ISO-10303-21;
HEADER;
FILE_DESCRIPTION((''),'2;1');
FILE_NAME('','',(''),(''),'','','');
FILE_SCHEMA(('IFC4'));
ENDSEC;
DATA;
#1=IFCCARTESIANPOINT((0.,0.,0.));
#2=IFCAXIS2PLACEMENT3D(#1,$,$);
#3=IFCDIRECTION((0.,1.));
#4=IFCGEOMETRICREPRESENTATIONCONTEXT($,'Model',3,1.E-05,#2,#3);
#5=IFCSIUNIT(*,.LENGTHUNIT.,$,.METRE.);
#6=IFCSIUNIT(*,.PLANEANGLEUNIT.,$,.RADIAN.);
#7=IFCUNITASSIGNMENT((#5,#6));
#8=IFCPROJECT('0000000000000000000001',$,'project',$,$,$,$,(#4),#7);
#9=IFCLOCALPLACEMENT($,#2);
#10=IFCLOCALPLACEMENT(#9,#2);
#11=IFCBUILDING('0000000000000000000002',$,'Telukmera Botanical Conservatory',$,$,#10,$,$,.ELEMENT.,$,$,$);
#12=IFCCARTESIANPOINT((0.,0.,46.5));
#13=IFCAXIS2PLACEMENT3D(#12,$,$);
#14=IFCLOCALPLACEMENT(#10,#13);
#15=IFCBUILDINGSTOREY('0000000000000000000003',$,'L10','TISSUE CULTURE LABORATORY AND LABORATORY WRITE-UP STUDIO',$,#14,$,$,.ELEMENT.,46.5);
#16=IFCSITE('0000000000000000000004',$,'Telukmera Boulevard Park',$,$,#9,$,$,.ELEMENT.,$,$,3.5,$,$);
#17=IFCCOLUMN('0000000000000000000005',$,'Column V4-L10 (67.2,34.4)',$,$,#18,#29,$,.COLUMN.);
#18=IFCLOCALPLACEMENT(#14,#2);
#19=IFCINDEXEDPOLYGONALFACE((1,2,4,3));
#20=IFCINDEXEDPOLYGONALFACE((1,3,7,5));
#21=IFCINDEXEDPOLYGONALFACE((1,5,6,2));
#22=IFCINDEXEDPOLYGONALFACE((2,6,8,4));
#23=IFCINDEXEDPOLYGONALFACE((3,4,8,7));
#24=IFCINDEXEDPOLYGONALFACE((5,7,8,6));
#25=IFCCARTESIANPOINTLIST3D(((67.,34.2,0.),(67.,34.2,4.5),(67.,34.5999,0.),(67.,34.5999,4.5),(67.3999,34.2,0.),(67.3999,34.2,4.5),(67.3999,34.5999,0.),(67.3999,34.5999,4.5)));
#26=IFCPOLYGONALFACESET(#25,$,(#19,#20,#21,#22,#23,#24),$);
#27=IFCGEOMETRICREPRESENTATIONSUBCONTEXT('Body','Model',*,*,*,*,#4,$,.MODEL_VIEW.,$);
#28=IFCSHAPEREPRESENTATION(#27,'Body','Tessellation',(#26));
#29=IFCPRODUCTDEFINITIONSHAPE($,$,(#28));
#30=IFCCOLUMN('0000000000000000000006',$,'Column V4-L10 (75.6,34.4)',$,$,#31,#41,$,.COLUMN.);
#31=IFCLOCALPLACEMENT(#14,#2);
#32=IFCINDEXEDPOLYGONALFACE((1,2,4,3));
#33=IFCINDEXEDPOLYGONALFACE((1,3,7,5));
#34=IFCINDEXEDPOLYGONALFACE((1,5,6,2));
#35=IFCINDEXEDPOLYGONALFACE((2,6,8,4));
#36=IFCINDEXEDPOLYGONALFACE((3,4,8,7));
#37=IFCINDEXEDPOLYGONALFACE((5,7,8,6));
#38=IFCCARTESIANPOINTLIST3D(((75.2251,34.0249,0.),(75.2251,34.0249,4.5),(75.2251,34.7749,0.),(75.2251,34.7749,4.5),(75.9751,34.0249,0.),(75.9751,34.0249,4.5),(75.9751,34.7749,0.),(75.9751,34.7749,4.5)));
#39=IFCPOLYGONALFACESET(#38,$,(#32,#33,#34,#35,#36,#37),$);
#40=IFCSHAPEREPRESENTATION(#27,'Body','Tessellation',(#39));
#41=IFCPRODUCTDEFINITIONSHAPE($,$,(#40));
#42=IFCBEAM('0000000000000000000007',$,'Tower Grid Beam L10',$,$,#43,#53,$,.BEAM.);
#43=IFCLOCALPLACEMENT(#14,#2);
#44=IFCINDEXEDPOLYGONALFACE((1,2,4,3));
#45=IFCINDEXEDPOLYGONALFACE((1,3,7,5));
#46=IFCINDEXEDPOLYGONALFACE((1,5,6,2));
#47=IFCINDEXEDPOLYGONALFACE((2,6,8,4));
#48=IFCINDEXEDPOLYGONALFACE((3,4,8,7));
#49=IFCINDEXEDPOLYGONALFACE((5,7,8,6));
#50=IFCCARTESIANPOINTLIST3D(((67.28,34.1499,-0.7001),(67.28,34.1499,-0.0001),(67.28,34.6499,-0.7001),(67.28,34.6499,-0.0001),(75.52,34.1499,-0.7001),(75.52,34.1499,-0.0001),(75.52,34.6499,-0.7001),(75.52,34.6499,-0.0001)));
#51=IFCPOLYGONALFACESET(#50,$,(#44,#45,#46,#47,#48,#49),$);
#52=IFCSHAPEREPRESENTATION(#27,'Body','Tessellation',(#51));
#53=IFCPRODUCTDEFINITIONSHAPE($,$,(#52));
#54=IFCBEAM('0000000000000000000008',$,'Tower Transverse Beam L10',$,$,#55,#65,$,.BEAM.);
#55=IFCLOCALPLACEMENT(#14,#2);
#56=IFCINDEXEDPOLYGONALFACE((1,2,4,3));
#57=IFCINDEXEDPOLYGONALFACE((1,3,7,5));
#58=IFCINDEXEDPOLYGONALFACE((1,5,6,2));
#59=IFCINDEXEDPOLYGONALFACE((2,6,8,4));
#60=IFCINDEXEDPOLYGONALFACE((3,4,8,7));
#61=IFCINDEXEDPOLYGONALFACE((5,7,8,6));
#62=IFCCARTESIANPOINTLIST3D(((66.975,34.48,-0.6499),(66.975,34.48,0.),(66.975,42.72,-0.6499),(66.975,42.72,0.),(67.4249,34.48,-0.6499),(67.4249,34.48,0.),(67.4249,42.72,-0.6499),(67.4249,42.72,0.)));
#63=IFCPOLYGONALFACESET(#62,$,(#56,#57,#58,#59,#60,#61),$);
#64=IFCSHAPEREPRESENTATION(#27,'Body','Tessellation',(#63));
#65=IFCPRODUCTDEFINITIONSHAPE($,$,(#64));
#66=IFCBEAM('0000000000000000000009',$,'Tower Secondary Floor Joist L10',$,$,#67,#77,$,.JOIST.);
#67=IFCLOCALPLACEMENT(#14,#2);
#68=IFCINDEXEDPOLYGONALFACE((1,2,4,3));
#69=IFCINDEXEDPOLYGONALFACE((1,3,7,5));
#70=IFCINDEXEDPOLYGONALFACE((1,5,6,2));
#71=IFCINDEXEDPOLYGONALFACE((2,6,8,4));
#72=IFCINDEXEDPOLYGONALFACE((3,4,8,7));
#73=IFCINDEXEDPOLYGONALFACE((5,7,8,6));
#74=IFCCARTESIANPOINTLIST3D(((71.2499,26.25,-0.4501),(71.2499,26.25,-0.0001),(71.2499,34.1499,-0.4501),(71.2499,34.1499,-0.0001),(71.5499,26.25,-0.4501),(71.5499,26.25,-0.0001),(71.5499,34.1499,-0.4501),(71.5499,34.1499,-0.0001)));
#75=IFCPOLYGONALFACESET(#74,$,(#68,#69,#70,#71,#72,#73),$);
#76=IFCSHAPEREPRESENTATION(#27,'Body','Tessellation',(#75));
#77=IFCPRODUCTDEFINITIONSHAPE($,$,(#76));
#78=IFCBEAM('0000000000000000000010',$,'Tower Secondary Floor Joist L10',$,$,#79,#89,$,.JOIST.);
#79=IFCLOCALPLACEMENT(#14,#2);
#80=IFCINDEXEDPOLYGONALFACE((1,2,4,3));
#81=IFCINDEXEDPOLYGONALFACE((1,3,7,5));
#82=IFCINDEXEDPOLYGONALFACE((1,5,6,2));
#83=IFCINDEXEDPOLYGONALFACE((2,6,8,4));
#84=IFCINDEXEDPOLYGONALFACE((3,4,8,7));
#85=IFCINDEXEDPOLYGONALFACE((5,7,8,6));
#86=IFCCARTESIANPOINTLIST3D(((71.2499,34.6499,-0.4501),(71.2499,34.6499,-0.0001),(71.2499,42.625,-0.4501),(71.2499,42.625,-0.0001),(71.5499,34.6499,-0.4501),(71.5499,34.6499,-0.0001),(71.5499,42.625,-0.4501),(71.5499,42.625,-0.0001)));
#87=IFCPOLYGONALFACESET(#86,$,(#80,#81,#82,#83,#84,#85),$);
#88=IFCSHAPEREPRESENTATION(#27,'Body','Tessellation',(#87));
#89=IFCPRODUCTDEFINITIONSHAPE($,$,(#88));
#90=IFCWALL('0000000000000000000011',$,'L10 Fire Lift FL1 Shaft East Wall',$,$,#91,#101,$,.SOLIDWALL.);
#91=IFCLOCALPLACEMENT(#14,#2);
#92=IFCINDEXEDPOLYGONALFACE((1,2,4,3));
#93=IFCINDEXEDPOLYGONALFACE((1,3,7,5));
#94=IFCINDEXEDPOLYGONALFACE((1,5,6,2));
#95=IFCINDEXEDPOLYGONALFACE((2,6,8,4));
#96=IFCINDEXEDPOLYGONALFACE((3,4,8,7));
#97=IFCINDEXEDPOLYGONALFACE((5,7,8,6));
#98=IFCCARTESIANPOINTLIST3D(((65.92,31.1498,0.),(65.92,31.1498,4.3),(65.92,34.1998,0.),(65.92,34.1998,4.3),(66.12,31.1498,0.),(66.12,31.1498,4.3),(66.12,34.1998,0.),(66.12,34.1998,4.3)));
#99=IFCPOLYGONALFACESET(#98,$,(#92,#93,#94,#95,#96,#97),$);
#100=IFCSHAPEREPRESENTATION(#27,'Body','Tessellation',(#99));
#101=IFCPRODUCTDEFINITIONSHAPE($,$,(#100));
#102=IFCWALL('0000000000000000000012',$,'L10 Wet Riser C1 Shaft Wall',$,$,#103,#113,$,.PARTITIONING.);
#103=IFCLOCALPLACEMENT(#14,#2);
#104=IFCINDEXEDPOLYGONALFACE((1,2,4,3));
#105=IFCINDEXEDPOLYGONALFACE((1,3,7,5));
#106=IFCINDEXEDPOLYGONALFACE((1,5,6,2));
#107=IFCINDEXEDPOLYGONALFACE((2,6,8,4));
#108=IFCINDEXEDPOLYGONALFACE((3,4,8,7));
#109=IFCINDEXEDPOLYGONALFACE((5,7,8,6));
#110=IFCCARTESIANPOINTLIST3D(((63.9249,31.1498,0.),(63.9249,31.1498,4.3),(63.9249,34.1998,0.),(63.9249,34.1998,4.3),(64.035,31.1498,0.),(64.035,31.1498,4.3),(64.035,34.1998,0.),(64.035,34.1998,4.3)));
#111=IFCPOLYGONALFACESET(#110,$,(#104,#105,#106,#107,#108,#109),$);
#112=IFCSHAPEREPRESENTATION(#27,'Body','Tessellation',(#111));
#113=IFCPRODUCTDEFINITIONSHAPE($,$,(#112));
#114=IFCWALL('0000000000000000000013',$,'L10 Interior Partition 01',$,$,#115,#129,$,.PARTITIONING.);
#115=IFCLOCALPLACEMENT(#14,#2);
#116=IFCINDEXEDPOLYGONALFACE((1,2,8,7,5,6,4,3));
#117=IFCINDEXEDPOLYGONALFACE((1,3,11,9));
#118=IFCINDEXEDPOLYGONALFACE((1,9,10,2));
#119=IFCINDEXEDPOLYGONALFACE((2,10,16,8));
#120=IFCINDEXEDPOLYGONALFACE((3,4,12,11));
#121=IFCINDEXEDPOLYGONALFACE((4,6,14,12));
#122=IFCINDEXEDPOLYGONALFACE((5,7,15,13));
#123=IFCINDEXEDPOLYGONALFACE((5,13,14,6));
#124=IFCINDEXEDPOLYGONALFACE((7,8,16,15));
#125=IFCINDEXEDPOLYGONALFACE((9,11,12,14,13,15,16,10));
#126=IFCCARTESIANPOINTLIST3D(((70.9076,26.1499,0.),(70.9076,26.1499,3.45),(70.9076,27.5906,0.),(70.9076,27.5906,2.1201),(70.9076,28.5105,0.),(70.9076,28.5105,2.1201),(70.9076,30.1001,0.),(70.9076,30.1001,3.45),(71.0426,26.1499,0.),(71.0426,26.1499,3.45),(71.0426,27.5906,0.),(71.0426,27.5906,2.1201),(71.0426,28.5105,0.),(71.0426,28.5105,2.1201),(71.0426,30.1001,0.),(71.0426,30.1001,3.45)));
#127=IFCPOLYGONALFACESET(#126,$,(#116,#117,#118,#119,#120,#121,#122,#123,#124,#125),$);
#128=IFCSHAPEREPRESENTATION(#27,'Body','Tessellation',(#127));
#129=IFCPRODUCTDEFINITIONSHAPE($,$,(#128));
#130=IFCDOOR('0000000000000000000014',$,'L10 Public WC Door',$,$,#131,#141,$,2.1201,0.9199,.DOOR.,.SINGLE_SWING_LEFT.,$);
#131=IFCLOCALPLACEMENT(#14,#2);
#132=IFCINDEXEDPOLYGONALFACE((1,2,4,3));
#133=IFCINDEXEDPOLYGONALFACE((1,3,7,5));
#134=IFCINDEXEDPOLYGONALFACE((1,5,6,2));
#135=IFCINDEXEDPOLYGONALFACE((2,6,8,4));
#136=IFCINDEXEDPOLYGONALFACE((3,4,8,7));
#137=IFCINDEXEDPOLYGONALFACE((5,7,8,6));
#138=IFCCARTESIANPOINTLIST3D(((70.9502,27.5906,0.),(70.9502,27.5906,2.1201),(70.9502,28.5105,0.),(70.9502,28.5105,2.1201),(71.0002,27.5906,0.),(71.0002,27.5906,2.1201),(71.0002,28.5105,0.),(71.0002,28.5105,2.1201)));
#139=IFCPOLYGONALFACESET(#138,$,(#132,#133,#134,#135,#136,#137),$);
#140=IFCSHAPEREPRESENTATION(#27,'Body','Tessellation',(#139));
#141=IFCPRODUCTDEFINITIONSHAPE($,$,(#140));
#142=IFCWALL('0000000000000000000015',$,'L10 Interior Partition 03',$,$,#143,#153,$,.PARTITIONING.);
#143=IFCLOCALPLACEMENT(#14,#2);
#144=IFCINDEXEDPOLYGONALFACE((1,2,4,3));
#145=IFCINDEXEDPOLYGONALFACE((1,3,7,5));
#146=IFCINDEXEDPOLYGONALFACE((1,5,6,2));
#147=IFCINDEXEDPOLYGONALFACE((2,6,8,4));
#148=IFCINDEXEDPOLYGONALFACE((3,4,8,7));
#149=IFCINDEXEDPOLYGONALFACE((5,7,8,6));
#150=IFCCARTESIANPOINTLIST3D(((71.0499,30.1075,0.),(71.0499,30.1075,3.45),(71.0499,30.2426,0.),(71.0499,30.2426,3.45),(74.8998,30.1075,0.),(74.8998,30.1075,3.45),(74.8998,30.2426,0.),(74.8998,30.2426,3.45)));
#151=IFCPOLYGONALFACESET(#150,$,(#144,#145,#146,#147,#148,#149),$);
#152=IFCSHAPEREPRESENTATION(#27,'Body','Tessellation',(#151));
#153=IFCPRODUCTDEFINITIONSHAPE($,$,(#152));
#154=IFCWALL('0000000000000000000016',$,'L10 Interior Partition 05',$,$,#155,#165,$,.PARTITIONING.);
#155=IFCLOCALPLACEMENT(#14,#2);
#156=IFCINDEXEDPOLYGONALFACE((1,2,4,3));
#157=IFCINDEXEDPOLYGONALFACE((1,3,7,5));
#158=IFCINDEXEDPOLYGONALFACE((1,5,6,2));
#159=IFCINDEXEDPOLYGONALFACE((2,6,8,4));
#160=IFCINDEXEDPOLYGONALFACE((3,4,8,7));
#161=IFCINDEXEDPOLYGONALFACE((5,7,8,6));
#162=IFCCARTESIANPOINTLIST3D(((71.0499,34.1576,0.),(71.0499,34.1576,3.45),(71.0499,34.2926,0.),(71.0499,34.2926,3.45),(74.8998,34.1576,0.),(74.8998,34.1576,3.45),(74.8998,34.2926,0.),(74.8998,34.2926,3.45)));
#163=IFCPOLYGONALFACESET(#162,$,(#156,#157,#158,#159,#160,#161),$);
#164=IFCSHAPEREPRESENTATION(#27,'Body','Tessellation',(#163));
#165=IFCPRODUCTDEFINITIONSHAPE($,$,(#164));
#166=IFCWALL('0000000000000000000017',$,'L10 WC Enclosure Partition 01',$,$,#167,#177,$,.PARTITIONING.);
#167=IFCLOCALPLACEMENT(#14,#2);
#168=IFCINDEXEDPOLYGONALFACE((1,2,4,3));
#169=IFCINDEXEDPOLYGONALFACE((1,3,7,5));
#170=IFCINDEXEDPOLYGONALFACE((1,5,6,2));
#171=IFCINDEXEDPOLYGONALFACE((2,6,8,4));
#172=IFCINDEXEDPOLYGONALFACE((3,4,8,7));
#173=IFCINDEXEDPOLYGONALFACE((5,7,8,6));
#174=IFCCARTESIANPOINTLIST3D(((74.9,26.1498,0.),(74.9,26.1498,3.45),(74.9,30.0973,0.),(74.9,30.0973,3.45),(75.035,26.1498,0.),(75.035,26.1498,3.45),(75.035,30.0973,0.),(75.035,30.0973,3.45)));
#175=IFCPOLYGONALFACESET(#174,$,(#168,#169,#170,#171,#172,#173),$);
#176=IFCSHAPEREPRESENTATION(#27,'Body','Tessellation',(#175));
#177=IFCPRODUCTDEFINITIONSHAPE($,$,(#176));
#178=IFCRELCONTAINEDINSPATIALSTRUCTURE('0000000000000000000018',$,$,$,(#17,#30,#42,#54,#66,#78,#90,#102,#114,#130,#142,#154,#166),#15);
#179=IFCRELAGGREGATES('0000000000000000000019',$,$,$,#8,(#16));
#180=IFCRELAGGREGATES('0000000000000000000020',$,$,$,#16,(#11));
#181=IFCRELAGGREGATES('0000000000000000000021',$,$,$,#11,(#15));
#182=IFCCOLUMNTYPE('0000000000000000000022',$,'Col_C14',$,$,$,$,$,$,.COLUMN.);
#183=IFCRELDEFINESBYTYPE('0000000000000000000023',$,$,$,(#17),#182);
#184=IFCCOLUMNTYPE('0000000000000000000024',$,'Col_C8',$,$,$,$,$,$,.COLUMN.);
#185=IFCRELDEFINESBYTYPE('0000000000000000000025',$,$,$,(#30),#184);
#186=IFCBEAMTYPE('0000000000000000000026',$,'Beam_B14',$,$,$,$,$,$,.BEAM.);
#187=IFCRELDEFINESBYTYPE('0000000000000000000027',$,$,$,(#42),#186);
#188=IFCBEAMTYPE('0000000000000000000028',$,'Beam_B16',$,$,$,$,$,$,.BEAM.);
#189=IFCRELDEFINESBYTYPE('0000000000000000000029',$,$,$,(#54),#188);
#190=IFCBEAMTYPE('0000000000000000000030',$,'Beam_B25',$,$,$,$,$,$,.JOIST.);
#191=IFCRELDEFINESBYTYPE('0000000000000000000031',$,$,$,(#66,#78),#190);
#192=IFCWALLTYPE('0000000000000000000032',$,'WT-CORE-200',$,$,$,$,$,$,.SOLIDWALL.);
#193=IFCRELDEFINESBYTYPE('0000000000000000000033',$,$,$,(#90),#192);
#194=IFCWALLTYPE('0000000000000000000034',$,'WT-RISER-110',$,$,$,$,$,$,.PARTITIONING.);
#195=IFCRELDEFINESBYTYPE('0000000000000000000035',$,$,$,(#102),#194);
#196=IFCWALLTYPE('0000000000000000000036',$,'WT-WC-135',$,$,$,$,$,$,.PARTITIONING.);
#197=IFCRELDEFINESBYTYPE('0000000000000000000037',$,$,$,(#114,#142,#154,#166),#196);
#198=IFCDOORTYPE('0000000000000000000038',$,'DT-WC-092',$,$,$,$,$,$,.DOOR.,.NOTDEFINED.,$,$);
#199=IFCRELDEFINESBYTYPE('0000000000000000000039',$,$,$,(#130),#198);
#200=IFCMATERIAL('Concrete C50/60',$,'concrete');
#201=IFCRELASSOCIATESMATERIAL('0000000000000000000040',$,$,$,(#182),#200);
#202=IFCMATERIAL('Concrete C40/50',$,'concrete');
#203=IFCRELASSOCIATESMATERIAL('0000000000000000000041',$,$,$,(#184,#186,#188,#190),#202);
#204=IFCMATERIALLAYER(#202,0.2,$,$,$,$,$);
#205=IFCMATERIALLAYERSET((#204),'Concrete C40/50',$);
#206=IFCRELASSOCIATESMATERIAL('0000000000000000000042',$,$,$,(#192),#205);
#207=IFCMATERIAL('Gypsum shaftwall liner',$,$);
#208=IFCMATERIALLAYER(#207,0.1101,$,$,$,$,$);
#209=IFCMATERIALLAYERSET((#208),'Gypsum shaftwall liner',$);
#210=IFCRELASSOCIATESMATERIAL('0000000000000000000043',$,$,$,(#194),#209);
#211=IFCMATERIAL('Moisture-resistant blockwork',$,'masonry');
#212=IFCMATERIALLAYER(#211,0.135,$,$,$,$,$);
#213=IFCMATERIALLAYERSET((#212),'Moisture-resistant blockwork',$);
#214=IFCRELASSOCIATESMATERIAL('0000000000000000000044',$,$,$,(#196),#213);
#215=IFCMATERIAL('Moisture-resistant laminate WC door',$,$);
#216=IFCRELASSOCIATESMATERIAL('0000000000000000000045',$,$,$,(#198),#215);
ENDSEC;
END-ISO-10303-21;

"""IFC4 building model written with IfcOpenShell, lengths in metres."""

from ifc_helpers import new_model, si_unit, direction, frame, frame_2d, origin, origin_2d, place, context, subcontext, project, spatial, rectangle, extrude, material, layer, layer_set, material_profile, profile_set, type_object, element, fill, save


model = new_model("IFC4")

# Units and contexts
model_context = context("Model", 3, precision=1e-05, world=origin(), true_north=direction((0.0, 1.0)))
body_context = subcontext(model_context, "Body", "Model", "MODEL_VIEW")
ifc_project = project(units=[si_unit("LENGTHUNIT", "METRE"), si_unit("PLANEANGLEUNIT", "RADIAN")], contexts=[model_context])

# Site, building, storey
site_placement = place(None, origin())
site = spatial("IfcSite", under=ifc_project, at=site_placement, Name="Telukmera Boulevard Park", CompositionType="ELEMENT", RefElevation=3.5)
building_placement = place(site_placement, origin())
building = spatial("IfcBuilding", under=site, at=building_placement, Name="Telukmera Botanical Conservatory", CompositionType="ELEMENT")
storey_placement = place(building_placement, frame((0.0, 0.0, 46.5)))
storey = spatial("IfcBuildingStorey", under=building, at=storey_placement, Name="L10", Description="TISSUE CULTURE LABORATORY AND LABORATORY WRITE-UP STUDIO", CompositionType="ELEMENT", Elevation=46.5)

# Columns
ifc_material_1 = material(Name="Concrete C50/60", Category="concrete")
ifc_material_profile_1 = material_profile(ifc_material_1, rectangle(XDim=0.3999, YDim=0.3999, at=origin_2d()), Name="RC 400x400")
ifc_profile_set_1 = profile_set([ifc_material_profile_1], Name="Concrete C50/60")
column_type_1 = type_object("IfcColumnType", Name="Col_C14", PredefinedType="COLUMN", material=ifc_profile_set_1)
column_1_placement = place(storey_placement, frame((67.2, 34.3999, 0.0), z_axis=(0.0, 0.0, 1.0), x_axis=(1.0, 0.0, 0.0)))
element("IfcColumn", 1, at=column_1_placement, inside=storey, type_object=column_type_1, Name="Column V4-L10 (67.2,34.4)", PredefinedType="COLUMN", context=body_context, shape_type="SweptSolid", body=[
    extrude(rectangle(XDim=0.3999, YDim=0.3999, at=origin_2d()), origin(), (0.0, 0.0, 1.0), 4.5),
])
ifc_material_2 = material(Name="Concrete C40/50", Category="concrete")
ifc_material_profile_2 = material_profile(ifc_material_2, rectangle(XDim=0.75, YDim=0.75, at=origin_2d()), Name="RC 750x750")
ifc_profile_set_2 = profile_set([ifc_material_profile_2], Name="Concrete C40/50")
column_type_2 = type_object("IfcColumnType", Name="Col_C8", PredefinedType="COLUMN", material=ifc_profile_set_2)
column_2_placement = place(storey_placement, frame((75.6001, 34.3999, 0.0), z_axis=(0.0, 0.0, 1.0), x_axis=(1.0, 0.0, 0.0)))
element("IfcColumn", 2, at=column_2_placement, inside=storey, type_object=column_type_2, Name="Column V4-L10 (75.6,34.4)", PredefinedType="COLUMN", context=body_context, shape_type="SweptSolid", body=[
    extrude(rectangle(XDim=0.75, YDim=0.75, at=origin_2d()), origin(), (0.0, 0.0, 1.0), 4.5),
])

# Beams
ifc_material_profile_3 = material_profile(ifc_material_2, rectangle(XDim=0.5, YDim=0.7, at=origin_2d()), Name="RC 500x700")
ifc_profile_set_3 = profile_set([ifc_material_profile_3], Name="Concrete C40/50")
beam_type_1 = type_object("IfcBeamType", Name="Beam_B14", PredefinedType="BEAM", material=ifc_profile_set_3)
beam_1_placement = place(storey_placement, frame((67.28, 34.3999, -0.3501), z_axis=(1.0, 0.0, 0.0), x_axis=(0.0, 1.0, 0.0)))
element("IfcBeam", 3, at=beam_1_placement, inside=storey, type_object=beam_type_1, Name="Tower Grid Beam L10", PredefinedType="BEAM", context=body_context, shape_type="SweptSolid", body=[
    extrude(rectangle(XDim=0.5, YDim=0.7, at=origin_2d()), origin(), (0.0, 0.0, 1.0), 8.24),
])
ifc_material_profile_4 = material_profile(ifc_material_2, rectangle(XDim=0.45, YDim=0.6499, at=origin_2d()), Name="RC 450x650")
ifc_profile_set_4 = profile_set([ifc_material_profile_4], Name="Concrete C40/50")
beam_type_2 = type_object("IfcBeamType", Name="Beam_B16", PredefinedType="BEAM", material=ifc_profile_set_4)
beam_2_placement = place(storey_placement, frame((67.2, 34.48, -0.325), z_axis=(0.0, 1.0, 0.0), x_axis=(-1.0, 0.0, 0.0)))
element("IfcBeam", 4, at=beam_2_placement, inside=storey, type_object=beam_type_2, Name="Tower Transverse Beam L10", PredefinedType="BEAM", context=body_context, shape_type="SweptSolid", body=[
    extrude(rectangle(XDim=0.45, YDim=0.6499, at=origin_2d()), origin(), (0.0, 0.0, 1.0), 8.24),
])
ifc_material_profile_5 = material_profile(ifc_material_2, rectangle(XDim=0.3, YDim=0.45, at=origin_2d()), Name="RC 300x450")
ifc_profile_set_5 = profile_set([ifc_material_profile_5], Name="Concrete C40/50")
beam_type_3 = type_object("IfcBeamType", Name="Beam_B25", PredefinedType="JOIST", material=ifc_profile_set_5)
beam_3_placement = place(storey_placement, frame((71.3999, 26.25, -0.2251), z_axis=(0.0, 1.0, 0.0), x_axis=(-1.0, 0.0, 0.0)))
element("IfcBeam", 5, at=beam_3_placement, inside=storey, type_object=beam_type_3, Name="Tower Secondary Floor Joist L10", PredefinedType="JOIST", context=body_context, shape_type="SweptSolid", body=[
    extrude(rectangle(XDim=0.3, YDim=0.45, at=origin_2d()), origin(), (0.0, 0.0, 1.0), 7.8999),
])
beam_4_placement = place(storey_placement, frame((71.3999, 34.6499, -0.2251), z_axis=(0.0, 1.0, 0.0), x_axis=(-1.0, 0.0, 0.0)))
element("IfcBeam", 6, at=beam_4_placement, inside=storey, type_object=beam_type_3, Name="Tower Secondary Floor Joist L10", PredefinedType="JOIST", context=body_context, shape_type="SweptSolid", body=[
    extrude(rectangle(XDim=0.3, YDim=0.45, at=origin_2d()), origin(), (0.0, 0.0, 1.0), 7.9751),
])

# Shared definitions
ifc_layer_1 = layer(ifc_material_2, 0.2)
ifc_layer_set_1 = layer_set([ifc_layer_1], Name="Concrete C40/50")
wall_type_1 = type_object("IfcWallType", Name="WT-CORE-200", PredefinedType="SOLIDWALL", material=ifc_layer_set_1)

# Walls
wall_1_placement = place(storey_placement, frame((66.02, 31.1499, 0.0), z_axis=(0.0, 0.0, 1.0), x_axis=(0.0, 1.0, 0.0)))
element("IfcWall", 7, at=wall_1_placement, inside=storey, type_object=wall_type_1, Name="L10 Fire Lift FL1 Shaft East Wall", PredefinedType="SOLIDWALL", context=body_context, shape_type="SweptSolid", body=[
    extrude(rectangle(XDim=3.05, YDim=0.2, at=frame_2d((1.5249, 0.0))), origin(), (0.0, 0.0, 1.0), 4.3),
])
ifc_material_3 = material(Name="Gypsum shaftwall liner")
ifc_layer_2 = layer(ifc_material_3, 0.1101)
ifc_layer_set_2 = layer_set([ifc_layer_2], Name="Gypsum shaftwall liner")
wall_type_2 = type_object("IfcWallType", Name="WT-RISER-110", PredefinedType="PARTITIONING", material=ifc_layer_set_2)
wall_2_placement = place(storey_placement, frame((63.98, 31.1499, 0.0), z_axis=(0.0, 0.0, 1.0), x_axis=(0.0, 1.0, 0.0)))
element("IfcWall", 8, at=wall_2_placement, inside=storey, type_object=wall_type_2, Name="L10 Wet Riser C1 Shaft Wall", PredefinedType="PARTITIONING", context=body_context, shape_type="SweptSolid", body=[
    extrude(rectangle(XDim=3.05, YDim=0.1101, at=frame_2d((1.5249, 0.0))), origin(), (0.0, 0.0, 1.0), 4.3),
])

# Wall, opening, door
ifc_material_4 = material(Name="Moisture-resistant blockwork", Category="masonry")
ifc_layer_3 = layer(ifc_material_4, 0.135)
ifc_layer_set_3 = layer_set([ifc_layer_3], Name="Moisture-resistant blockwork")
wall_type_3 = type_object("IfcWallType", Name="WT-WC-135", PredefinedType="PARTITIONING", material=ifc_layer_set_3)
wall_3_placement = place(storey_placement, frame((70.9751, 26.1499, 0.0), z_axis=(0.0, 0.0, 1.0), x_axis=(0.0, 1.0, 0.0)))
wall_3 = element("IfcWall", 9, at=wall_3_placement, inside=storey, type_object=wall_type_3, Name="L10 Interior Partition 01", PredefinedType="PARTITIONING", context=body_context, shape_type="SweptSolid", body=[
    extrude(rectangle(XDim=3.9502, YDim=0.135, at=frame_2d((1.9751, 0.0))), origin(), (0.0, 0.0, 1.0), 3.45),
])
opening_1_placement = place(wall_3_placement, frame((1.4407, 0.0, 0.0)))
opening_1 = element("IfcOpeningElement", 10, at=opening_1_placement, cuts=wall_3, PredefinedType="OPENING", context=body_context, shape_type="SweptSolid", body=[
    extrude(rectangle(XDim=0.9199, YDim=2.1201, at=frame_2d((0.46, 1.0601))), frame((0.0, 0.0774, 0.0), z_axis=(0.0, -1.0, 0.0), x_axis=(1.0, 0.0, 0.0)), (0.0, 0.0, 1.0), 0.155),
])
ifc_material_5 = material(Name="Moisture-resistant laminate WC door")
door_type_1 = type_object("IfcDoorType", Name="DT-WC-092", OperationType="NOTDEFINED", PredefinedType="DOOR", material=ifc_material_5)
door_1_placement = place(opening_1_placement, origin())
door_1 = element("IfcDoor", 11, at=door_1_placement, inside=storey, type_object=door_type_1, Name="L10 Public WC Door", OperationType="SINGLE_SWING_LEFT", OverallHeight=2.1201, OverallWidth=0.9199, PredefinedType="DOOR", context=body_context, shape_type="SweptSolid", body=[
    extrude(rectangle(XDim=0.9199, YDim=2.1201, at=frame_2d((0.46, 1.0601))), frame((0.0, 0.0249, 0.0), z_axis=(0.0, -1.0, 0.0), x_axis=(1.0, 0.0, 0.0)), (0.0, 0.0, 1.0), 0.05),
])
fill(opening_1, door_1)

# Walls
for number, where, z_axis, x_axis, name in (
    (12, (71.05, 30.175, 0.0), (0.0, 0.0, 1.0), (1.0, 0.0, 0.0), "L10 Interior Partition 03"),
    (13, (71.05, 34.2251, 0.0), (0.0, 0.0, 1.0), (1.0, 0.0, 0.0), "L10 Interior Partition 05"),
):
    element("IfcWall", number, at=place(storey_placement, frame(where, z_axis=z_axis, x_axis=x_axis)), inside=storey, type_object=wall_type_3, Name=name, PredefinedType="PARTITIONING", context=body_context, shape_type="SweptSolid", body=[
        extrude(rectangle(XDim=3.8499, YDim=0.135, at=frame_2d((1.9248, 0.0))), origin(), (0.0, 0.0, 1.0), 3.45),
    ])
wall_4_placement = place(storey_placement, frame((74.9675, 26.1499, 0.0), z_axis=(0.0, 0.0, 1.0), x_axis=(0.0, 1.0, 0.0)))
element("IfcWall", 14, at=wall_4_placement, inside=storey, type_object=wall_type_3, Name="L10 WC Enclosure Partition 01", PredefinedType="PARTITIONING", context=body_context, shape_type="SweptSolid", body=[
    extrude(rectangle(XDim=3.9475, YDim=0.135, at=frame_2d((1.9736, 0.0))), origin(), (0.0, 0.0, 1.0), 3.45),
])

save(model, "model.ifc")
